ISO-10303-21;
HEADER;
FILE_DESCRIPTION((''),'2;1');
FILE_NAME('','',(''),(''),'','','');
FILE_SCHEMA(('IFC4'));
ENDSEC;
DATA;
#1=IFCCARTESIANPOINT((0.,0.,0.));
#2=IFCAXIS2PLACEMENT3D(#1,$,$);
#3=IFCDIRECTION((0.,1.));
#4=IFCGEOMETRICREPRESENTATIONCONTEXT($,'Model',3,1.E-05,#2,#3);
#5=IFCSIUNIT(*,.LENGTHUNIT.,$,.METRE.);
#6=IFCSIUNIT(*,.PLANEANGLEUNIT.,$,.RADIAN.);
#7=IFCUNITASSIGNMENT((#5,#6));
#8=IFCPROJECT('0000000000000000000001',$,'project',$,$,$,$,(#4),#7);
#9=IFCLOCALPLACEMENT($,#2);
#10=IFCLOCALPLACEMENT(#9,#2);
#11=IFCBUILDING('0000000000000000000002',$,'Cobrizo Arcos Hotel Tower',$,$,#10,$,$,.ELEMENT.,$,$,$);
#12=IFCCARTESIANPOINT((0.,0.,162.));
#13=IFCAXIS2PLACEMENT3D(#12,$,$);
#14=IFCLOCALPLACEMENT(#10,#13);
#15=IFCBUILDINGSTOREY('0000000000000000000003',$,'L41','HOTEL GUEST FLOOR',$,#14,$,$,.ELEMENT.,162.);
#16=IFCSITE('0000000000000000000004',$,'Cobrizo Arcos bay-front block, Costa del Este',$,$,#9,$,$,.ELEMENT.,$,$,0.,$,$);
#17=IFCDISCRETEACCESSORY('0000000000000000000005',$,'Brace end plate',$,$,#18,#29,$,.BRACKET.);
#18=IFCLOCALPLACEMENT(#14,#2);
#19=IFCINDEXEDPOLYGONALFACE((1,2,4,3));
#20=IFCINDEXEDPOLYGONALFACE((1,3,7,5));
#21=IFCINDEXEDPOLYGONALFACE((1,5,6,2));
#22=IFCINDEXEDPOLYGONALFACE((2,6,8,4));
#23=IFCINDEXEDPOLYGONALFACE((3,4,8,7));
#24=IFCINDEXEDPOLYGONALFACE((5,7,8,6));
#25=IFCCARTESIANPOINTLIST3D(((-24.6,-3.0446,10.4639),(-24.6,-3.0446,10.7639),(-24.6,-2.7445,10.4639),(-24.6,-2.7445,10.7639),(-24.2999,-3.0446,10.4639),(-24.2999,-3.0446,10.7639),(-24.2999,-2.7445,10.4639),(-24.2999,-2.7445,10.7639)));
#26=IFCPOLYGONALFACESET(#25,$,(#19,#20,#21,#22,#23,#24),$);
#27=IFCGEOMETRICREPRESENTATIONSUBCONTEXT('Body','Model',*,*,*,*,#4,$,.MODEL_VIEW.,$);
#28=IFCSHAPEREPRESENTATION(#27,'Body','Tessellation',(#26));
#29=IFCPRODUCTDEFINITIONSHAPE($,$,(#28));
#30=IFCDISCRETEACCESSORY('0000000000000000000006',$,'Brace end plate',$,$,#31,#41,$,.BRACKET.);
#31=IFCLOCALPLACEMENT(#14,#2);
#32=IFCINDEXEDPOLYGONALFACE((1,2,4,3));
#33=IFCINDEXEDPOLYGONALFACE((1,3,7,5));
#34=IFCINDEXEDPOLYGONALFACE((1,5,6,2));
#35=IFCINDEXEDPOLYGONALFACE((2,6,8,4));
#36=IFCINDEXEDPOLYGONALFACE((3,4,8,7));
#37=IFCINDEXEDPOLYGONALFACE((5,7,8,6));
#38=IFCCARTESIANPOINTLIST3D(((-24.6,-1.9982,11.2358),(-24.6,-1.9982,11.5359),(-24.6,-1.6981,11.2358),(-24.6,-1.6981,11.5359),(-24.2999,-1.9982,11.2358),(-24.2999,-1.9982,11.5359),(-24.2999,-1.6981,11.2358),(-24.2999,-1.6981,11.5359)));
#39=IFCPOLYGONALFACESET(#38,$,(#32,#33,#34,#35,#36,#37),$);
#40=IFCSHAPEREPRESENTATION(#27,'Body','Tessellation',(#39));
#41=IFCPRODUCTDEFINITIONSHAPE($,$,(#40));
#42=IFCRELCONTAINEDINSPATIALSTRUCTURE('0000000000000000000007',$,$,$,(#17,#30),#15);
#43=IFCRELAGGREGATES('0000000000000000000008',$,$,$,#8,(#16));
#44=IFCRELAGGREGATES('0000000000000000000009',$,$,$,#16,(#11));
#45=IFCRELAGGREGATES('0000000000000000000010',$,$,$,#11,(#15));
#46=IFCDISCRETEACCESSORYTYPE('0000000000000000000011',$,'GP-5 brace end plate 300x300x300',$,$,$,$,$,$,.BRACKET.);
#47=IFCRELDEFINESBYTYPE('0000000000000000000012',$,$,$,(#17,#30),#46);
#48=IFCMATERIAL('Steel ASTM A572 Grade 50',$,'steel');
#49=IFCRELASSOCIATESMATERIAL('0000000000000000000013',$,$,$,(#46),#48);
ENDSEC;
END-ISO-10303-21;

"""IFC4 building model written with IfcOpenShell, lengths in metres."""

from ifc_helpers import new_model, si_unit, direction, frame, origin, origin_2d, place, context, subcontext, project, spatial, rectangle, extrude, material, type_object, element, save


model = new_model("IFC4")

# Units and contexts
model_context = context("Model", 3, precision=1e-05, world=origin(), true_north=direction((0.0, 1.0)))
body_context = subcontext(model_context, "Body", "Model", "MODEL_VIEW")
ifc_project = project(units=[si_unit("LENGTHUNIT", "METRE"), si_unit("PLANEANGLEUNIT", "RADIAN")], contexts=[model_context])

# Site, building, storey
site_placement = place(None, origin())
site = spatial("IfcSite", under=ifc_project, at=site_placement, Name="Cobrizo Arcos bay-front block, Costa del Este", CompositionType="ELEMENT", RefElevation=0.0)
building_placement = place(site_placement, origin())
building = spatial("IfcBuilding", under=site, at=building_placement, Name="Cobrizo Arcos Hotel Tower", CompositionType="ELEMENT")
storey_placement = place(building_placement, frame((0.0, 0.0, 162.0)))
storey = spatial("IfcBuildingStorey", under=building, at=storey_placement, Name="L41", Description="HOTEL GUEST FLOOR", CompositionType="ELEMENT", Elevation=162.0)

# Shared definitions
ifc_material_1 = material(Name="Steel ASTM A572 Grade 50", Category="steel")

# Discrete accessories
discrete_accessory_type = type_object("IfcDiscreteAccessoryType", Name="GP-5 brace end plate 300x300x300", PredefinedType="BRACKET", material=ifc_material_1)
for number, where, z_axis, x_axis, name in (
    (1, (-24.45, -2.8945, 10.4639), (0.0, 0.0, 1.0), (1.0, 0.0, 0.0), "Brace end plate"),
    (2, (-24.45, -1.8481, 11.2358), (0.0, 0.0, 1.0), (1.0, 0.0, 0.0), "Brace end plate"),
):
    element("IfcDiscreteAccessory", number, at=place(storey_placement, frame(where, z_axis=z_axis, x_axis=x_axis)), inside=storey, type_object=discrete_accessory_type, Name=name, PredefinedType="BRACKET", context=body_context, shape_type="SweptSolid", body=[
        extrude(rectangle(XDim=0.3, YDim=0.3, at=origin_2d()), origin(), (0.0, 0.0, 1.0), 0.3),
    ])

save(model, "model.ifc")
